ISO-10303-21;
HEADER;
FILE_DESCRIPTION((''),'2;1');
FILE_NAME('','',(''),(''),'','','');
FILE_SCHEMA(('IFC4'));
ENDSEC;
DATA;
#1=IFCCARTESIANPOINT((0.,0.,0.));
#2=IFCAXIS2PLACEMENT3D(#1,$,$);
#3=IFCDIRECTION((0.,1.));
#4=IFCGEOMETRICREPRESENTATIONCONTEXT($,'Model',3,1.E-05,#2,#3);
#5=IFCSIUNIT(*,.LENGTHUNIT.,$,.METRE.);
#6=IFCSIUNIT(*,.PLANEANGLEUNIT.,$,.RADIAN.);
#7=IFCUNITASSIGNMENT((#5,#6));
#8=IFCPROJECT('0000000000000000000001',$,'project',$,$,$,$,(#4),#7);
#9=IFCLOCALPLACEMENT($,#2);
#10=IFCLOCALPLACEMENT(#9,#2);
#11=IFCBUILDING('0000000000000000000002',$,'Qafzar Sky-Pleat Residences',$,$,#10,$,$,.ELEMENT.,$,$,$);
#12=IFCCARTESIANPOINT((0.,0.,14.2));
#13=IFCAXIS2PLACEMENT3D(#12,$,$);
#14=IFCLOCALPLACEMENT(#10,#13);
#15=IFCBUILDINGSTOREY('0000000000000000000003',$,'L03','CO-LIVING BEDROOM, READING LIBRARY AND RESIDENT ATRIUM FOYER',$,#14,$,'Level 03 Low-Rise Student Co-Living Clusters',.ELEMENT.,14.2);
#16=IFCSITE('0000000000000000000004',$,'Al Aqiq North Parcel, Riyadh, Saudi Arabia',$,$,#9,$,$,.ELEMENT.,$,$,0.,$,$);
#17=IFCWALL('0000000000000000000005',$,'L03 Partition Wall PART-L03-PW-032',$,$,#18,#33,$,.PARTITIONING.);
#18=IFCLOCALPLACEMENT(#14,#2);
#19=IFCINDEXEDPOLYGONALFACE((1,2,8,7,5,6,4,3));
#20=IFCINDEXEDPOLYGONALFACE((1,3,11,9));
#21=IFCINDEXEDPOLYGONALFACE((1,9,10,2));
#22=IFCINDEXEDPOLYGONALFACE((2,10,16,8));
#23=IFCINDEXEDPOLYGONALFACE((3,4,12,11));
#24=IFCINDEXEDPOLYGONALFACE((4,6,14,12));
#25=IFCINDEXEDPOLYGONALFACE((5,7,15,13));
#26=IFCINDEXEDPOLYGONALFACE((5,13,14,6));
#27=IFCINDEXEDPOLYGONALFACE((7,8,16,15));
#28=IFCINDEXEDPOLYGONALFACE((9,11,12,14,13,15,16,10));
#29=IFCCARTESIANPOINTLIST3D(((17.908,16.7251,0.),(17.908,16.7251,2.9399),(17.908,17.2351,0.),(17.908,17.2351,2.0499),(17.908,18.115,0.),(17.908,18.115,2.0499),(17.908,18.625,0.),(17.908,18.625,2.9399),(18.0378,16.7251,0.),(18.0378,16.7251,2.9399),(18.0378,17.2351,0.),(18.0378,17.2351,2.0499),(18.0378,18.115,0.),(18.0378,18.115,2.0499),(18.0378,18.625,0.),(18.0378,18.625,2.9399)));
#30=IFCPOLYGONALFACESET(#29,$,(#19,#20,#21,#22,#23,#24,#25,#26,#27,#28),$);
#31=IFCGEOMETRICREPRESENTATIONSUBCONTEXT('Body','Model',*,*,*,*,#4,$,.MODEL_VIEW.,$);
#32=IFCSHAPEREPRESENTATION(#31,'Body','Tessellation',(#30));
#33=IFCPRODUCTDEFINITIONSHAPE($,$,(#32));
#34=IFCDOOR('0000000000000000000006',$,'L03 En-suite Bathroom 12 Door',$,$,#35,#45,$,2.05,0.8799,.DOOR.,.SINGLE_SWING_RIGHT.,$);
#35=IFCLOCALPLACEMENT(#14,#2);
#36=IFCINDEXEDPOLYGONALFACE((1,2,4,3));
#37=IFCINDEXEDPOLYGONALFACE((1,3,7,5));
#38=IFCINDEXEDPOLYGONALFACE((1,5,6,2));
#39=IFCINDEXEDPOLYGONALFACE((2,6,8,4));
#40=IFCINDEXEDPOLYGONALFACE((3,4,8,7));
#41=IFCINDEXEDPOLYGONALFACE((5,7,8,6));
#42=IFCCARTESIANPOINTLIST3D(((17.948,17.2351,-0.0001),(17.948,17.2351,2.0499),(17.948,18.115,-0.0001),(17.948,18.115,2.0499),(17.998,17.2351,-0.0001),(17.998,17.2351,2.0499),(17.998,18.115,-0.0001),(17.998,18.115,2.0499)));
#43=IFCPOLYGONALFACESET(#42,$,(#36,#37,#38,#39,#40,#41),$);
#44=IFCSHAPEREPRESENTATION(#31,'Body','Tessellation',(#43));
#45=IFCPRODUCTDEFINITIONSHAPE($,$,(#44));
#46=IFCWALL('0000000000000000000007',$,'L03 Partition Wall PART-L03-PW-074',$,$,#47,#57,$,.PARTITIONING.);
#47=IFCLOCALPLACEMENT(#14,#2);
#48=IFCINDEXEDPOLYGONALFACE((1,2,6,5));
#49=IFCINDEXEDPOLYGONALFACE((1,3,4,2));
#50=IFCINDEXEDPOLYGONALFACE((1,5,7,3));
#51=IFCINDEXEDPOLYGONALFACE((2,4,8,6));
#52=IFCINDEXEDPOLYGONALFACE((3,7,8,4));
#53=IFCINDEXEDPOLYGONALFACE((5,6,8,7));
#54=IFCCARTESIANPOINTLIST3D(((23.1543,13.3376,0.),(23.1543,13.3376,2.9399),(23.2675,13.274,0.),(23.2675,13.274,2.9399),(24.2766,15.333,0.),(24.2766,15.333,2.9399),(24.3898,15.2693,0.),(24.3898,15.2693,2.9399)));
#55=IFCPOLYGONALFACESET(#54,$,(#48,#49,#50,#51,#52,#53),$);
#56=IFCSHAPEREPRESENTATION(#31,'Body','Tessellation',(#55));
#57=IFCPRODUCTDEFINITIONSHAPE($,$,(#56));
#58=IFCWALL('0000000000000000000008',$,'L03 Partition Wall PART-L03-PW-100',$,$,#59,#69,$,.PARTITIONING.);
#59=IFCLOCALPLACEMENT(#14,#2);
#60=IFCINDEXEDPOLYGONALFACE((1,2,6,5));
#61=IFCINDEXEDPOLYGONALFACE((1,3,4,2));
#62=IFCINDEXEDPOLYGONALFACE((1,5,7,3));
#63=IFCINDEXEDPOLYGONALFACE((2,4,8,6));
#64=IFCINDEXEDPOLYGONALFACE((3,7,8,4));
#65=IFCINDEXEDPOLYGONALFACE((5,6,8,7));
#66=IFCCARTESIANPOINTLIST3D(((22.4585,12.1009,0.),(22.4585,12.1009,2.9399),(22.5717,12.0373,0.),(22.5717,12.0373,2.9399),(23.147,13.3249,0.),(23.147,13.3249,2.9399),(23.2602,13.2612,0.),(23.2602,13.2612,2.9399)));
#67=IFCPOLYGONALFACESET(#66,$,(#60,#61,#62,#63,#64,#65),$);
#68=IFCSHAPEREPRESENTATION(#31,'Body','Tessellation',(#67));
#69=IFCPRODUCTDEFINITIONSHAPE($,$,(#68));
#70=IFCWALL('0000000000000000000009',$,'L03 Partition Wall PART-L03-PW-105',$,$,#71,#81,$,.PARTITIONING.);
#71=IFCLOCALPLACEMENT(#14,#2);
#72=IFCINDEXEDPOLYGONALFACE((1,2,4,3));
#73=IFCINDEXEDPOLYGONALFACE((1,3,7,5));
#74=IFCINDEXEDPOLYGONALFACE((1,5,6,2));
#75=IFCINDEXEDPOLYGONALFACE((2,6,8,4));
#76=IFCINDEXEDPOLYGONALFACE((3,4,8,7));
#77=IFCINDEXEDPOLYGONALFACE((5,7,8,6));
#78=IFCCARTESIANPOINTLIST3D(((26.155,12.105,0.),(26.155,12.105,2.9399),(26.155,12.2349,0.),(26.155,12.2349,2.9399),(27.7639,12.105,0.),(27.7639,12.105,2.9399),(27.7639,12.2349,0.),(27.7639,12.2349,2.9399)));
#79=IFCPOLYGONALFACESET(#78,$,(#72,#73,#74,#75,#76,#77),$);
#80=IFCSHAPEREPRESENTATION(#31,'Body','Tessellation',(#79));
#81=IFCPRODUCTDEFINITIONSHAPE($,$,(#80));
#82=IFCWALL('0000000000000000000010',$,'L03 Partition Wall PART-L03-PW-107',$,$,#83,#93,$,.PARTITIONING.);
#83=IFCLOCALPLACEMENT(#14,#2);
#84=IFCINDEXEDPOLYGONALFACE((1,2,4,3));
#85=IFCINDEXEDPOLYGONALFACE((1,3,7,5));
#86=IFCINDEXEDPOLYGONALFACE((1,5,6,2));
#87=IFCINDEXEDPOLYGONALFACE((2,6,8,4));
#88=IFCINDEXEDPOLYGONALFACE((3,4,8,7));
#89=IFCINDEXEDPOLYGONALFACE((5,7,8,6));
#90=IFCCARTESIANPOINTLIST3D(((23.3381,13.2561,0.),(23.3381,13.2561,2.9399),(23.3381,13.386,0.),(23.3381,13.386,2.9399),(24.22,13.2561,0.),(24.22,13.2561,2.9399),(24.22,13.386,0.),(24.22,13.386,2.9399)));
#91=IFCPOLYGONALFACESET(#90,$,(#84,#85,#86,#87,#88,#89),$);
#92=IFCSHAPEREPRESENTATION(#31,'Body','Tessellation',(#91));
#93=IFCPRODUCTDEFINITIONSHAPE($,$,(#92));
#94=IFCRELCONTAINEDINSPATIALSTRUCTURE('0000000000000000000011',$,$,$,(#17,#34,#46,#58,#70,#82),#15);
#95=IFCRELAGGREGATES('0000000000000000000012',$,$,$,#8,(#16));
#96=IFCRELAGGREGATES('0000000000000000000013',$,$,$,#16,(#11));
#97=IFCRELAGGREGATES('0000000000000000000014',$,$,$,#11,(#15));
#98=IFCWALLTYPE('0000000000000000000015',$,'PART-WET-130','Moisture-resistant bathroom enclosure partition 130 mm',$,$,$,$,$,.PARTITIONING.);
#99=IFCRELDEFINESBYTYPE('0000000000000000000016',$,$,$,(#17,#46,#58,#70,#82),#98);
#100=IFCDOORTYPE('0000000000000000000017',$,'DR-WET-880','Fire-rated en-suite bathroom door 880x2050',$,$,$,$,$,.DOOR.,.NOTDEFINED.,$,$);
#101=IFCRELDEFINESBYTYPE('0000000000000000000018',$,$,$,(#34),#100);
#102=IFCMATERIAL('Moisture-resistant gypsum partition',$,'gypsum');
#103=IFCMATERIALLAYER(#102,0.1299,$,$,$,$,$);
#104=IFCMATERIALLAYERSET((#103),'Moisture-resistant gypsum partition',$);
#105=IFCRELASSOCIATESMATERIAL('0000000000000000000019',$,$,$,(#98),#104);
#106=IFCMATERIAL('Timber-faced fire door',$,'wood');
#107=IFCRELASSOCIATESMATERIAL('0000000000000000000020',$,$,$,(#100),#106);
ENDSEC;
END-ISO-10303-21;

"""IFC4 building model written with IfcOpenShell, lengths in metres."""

from ifc_helpers import new_model, si_unit, direction, frame, frame_2d, origin, place, context, subcontext, project, spatial, rectangle, extrude, source, transform, mapped, material, layer, layer_set, type_object, element, fill, save


model = new_model("IFC4")

# Units and contexts
model_context = context("Model", 3, precision=1e-05, world=origin(), true_north=direction((0.0, 1.0)))
body_context = subcontext(model_context, "Body", "Model", "MODEL_VIEW")
ifc_project = project(units=[si_unit("LENGTHUNIT", "METRE"), si_unit("PLANEANGLEUNIT", "RADIAN")], contexts=[model_context])

# Site, building, storey
site_placement = place(None, origin())
site = spatial("IfcSite", under=ifc_project, at=site_placement, Name="Al Aqiq North Parcel, Riyadh, Saudi Arabia", CompositionType="ELEMENT", RefElevation=0.0)
building_placement = place(site_placement, origin())
building = spatial("IfcBuilding", under=site, at=building_placement, Name="Qafzar Sky-Pleat Residences", CompositionType="ELEMENT")
storey_placement = place(building_placement, frame((0.0, 0.0, 14.2)))
storey = spatial("IfcBuildingStorey", under=building, at=storey_placement, Name="L03", Description="CO-LIVING BEDROOM, READING LIBRARY AND RESIDENT ATRIUM FOYER", LongName="Level 03 Low-Rise Student Co-Living Clusters", CompositionType="ELEMENT", Elevation=14.2)

# Shared definitions
ifc_material_1 = material(Name="Timber-faced fire door", Category="wood")

# Wall, opening, door
ifc_material_2 = material(Name="Moisture-resistant gypsum partition", Category="gypsum")
ifc_layer_1 = layer(ifc_material_2, 0.1299)
ifc_layer_set_1 = layer_set([ifc_layer_1], Name="Moisture-resistant gypsum partition")
wall_type_1 = type_object("IfcWallType", Name="PART-WET-130", Description="Moisture-resistant bathroom enclosure partition 130 mm", PredefinedType="PARTITIONING", material=ifc_layer_set_1)
wall_1_placement = place(storey_placement, frame((17.9729, 16.7251, 0.0), z_axis=(0.0, 0.0, 1.0), x_axis=(0.0, 1.0, 0.0)))
wall_1 = element("IfcWall", 1, at=wall_1_placement, inside=storey, type_object=wall_type_1, Name="L03 Partition Wall PART-L03-PW-032", PredefinedType="PARTITIONING", context=body_context, shape_type="SweptSolid", body=[
    extrude(rectangle(XDim=1.8999, YDim=0.1299, at=frame_2d((0.95, 0.0))), origin(), (0.0, 0.0, 1.0), 2.9399),
])
opening_1_placement = place(wall_1_placement, frame((0.51, 0.0, 0.0)))
opening_1 = element("IfcOpeningElement", 2, at=opening_1_placement, cuts=wall_1, PredefinedType="OPENING", context=body_context, shape_type="SweptSolid", body=[
    extrude(rectangle(XDim=0.8799, YDim=2.05, at=frame_2d((0.4399, 1.0249))), frame((0.0, 0.075, 0.0), z_axis=(0.0, -1.0, 0.0), x_axis=(1.0, 0.0, 0.0)), (0.0, 0.0, 1.0), 0.1499),
])
door_type_1 = type_object("IfcDoorType", Name="DR-WET-880", Description="Fire-rated en-suite bathroom door 880x2050", OperationType="NOTDEFINED", PredefinedType="DOOR", material=ifc_material_1)
shared_shape_1 = source(origin(), body_context, "Body", "SweptSolid", [
    extrude(rectangle(XDim=0.8799, YDim=2.05, at=frame_2d((0.4399, 1.0249))), frame((0.0, 0.0249, 0.0), z_axis=(0.0, -1.0, 0.0), x_axis=(1.0, 0.0, 0.0)), (0.0, 0.0, 1.0), 0.05),
])
door_1_placement = place(opening_1_placement, origin())
door_1 = element("IfcDoor", 3, at=door_1_placement, inside=storey, type_object=door_type_1, Name="L03 En-suite Bathroom 12 Door", OperationType="SINGLE_SWING_RIGHT", OverallHeight=2.05, OverallWidth=0.8799, PredefinedType="DOOR", context=body_context, shape_type="MappedRepresentation", body=[
    mapped(shared_shape_1, transform((0.0, 0.0, 0.0), x_axis=(1.0, 0.0, 0.0), y_axis=(0.0, 1.0, 0.0), z_axis=(0.0, 0.0, 1.0), scale=1.0)),
])
fill(opening_1, door_1)

# Walls
wall_2_placement = place(storey_placement, frame((23.2109, 13.3059, 0.0), z_axis=(0.0, 0.0, 1.0), x_axis=(0.490236, 0.87159, 0.0)))
element("IfcWall", 4, at=wall_2_placement, inside=storey, type_object=wall_type_1, Name="L03 Partition Wall PART-L03-PW-074", PredefinedType="PARTITIONING", context=body_context, shape_type="SweptSolid", body=[
    extrude(rectangle(XDim=2.2893, YDim=0.1299, at=frame_2d((1.1445, 0.0))), origin(), (0.0, 0.0, 1.0), 2.9399),
])
wall_3_placement = place(storey_placement, frame((22.5151, 12.0691, 0.0), z_axis=(0.0, 0.0, 1.0), x_axis=(0.490286, 0.871562, 0.0)))
element("IfcWall", 5, at=wall_3_placement, inside=storey, type_object=wall_type_1, Name="L03 Partition Wall PART-L03-PW-100", PredefinedType="PARTITIONING", context=body_context, shape_type="SweptSolid", body=[
    extrude(rectangle(XDim=1.4043, YDim=0.1299, at=frame_2d((0.7021, 0.0))), origin(), (0.0, 0.0, 1.0), 2.9399),
])
wall_4_placement = place(storey_placement, frame((26.155, 12.1699, 0.0), z_axis=(0.0, 0.0, 1.0), x_axis=(1.0, 0.0, 0.0)))
element("IfcWall", 6, at=wall_4_placement, inside=storey, type_object=wall_type_1, Name="L03 Partition Wall PART-L03-PW-105", PredefinedType="PARTITIONING", context=body_context, shape_type="SweptSolid", body=[
    extrude(rectangle(XDim=1.6089, YDim=0.1299, at=frame_2d((0.8044, 0.0))), origin(), (0.0, 0.0, 1.0), 2.9399),
])
wall_5_placement = place(storey_placement, frame((23.3381, 13.321, 0.0), z_axis=(0.0, 0.0, 1.0), x_axis=(1.0, 0.0, 0.0)))
element("IfcWall", 7, at=wall_5_placement, inside=storey, type_object=wall_type_1, Name="L03 Partition Wall PART-L03-PW-107", PredefinedType="PARTITIONING", context=body_context, shape_type="SweptSolid", body=[
    extrude(rectangle(XDim=0.8818, YDim=0.1299, at=frame_2d((0.4409, 0.0))), origin(), (0.0, 0.0, 1.0), 2.9399),
])

save(model, "model.ifc")
